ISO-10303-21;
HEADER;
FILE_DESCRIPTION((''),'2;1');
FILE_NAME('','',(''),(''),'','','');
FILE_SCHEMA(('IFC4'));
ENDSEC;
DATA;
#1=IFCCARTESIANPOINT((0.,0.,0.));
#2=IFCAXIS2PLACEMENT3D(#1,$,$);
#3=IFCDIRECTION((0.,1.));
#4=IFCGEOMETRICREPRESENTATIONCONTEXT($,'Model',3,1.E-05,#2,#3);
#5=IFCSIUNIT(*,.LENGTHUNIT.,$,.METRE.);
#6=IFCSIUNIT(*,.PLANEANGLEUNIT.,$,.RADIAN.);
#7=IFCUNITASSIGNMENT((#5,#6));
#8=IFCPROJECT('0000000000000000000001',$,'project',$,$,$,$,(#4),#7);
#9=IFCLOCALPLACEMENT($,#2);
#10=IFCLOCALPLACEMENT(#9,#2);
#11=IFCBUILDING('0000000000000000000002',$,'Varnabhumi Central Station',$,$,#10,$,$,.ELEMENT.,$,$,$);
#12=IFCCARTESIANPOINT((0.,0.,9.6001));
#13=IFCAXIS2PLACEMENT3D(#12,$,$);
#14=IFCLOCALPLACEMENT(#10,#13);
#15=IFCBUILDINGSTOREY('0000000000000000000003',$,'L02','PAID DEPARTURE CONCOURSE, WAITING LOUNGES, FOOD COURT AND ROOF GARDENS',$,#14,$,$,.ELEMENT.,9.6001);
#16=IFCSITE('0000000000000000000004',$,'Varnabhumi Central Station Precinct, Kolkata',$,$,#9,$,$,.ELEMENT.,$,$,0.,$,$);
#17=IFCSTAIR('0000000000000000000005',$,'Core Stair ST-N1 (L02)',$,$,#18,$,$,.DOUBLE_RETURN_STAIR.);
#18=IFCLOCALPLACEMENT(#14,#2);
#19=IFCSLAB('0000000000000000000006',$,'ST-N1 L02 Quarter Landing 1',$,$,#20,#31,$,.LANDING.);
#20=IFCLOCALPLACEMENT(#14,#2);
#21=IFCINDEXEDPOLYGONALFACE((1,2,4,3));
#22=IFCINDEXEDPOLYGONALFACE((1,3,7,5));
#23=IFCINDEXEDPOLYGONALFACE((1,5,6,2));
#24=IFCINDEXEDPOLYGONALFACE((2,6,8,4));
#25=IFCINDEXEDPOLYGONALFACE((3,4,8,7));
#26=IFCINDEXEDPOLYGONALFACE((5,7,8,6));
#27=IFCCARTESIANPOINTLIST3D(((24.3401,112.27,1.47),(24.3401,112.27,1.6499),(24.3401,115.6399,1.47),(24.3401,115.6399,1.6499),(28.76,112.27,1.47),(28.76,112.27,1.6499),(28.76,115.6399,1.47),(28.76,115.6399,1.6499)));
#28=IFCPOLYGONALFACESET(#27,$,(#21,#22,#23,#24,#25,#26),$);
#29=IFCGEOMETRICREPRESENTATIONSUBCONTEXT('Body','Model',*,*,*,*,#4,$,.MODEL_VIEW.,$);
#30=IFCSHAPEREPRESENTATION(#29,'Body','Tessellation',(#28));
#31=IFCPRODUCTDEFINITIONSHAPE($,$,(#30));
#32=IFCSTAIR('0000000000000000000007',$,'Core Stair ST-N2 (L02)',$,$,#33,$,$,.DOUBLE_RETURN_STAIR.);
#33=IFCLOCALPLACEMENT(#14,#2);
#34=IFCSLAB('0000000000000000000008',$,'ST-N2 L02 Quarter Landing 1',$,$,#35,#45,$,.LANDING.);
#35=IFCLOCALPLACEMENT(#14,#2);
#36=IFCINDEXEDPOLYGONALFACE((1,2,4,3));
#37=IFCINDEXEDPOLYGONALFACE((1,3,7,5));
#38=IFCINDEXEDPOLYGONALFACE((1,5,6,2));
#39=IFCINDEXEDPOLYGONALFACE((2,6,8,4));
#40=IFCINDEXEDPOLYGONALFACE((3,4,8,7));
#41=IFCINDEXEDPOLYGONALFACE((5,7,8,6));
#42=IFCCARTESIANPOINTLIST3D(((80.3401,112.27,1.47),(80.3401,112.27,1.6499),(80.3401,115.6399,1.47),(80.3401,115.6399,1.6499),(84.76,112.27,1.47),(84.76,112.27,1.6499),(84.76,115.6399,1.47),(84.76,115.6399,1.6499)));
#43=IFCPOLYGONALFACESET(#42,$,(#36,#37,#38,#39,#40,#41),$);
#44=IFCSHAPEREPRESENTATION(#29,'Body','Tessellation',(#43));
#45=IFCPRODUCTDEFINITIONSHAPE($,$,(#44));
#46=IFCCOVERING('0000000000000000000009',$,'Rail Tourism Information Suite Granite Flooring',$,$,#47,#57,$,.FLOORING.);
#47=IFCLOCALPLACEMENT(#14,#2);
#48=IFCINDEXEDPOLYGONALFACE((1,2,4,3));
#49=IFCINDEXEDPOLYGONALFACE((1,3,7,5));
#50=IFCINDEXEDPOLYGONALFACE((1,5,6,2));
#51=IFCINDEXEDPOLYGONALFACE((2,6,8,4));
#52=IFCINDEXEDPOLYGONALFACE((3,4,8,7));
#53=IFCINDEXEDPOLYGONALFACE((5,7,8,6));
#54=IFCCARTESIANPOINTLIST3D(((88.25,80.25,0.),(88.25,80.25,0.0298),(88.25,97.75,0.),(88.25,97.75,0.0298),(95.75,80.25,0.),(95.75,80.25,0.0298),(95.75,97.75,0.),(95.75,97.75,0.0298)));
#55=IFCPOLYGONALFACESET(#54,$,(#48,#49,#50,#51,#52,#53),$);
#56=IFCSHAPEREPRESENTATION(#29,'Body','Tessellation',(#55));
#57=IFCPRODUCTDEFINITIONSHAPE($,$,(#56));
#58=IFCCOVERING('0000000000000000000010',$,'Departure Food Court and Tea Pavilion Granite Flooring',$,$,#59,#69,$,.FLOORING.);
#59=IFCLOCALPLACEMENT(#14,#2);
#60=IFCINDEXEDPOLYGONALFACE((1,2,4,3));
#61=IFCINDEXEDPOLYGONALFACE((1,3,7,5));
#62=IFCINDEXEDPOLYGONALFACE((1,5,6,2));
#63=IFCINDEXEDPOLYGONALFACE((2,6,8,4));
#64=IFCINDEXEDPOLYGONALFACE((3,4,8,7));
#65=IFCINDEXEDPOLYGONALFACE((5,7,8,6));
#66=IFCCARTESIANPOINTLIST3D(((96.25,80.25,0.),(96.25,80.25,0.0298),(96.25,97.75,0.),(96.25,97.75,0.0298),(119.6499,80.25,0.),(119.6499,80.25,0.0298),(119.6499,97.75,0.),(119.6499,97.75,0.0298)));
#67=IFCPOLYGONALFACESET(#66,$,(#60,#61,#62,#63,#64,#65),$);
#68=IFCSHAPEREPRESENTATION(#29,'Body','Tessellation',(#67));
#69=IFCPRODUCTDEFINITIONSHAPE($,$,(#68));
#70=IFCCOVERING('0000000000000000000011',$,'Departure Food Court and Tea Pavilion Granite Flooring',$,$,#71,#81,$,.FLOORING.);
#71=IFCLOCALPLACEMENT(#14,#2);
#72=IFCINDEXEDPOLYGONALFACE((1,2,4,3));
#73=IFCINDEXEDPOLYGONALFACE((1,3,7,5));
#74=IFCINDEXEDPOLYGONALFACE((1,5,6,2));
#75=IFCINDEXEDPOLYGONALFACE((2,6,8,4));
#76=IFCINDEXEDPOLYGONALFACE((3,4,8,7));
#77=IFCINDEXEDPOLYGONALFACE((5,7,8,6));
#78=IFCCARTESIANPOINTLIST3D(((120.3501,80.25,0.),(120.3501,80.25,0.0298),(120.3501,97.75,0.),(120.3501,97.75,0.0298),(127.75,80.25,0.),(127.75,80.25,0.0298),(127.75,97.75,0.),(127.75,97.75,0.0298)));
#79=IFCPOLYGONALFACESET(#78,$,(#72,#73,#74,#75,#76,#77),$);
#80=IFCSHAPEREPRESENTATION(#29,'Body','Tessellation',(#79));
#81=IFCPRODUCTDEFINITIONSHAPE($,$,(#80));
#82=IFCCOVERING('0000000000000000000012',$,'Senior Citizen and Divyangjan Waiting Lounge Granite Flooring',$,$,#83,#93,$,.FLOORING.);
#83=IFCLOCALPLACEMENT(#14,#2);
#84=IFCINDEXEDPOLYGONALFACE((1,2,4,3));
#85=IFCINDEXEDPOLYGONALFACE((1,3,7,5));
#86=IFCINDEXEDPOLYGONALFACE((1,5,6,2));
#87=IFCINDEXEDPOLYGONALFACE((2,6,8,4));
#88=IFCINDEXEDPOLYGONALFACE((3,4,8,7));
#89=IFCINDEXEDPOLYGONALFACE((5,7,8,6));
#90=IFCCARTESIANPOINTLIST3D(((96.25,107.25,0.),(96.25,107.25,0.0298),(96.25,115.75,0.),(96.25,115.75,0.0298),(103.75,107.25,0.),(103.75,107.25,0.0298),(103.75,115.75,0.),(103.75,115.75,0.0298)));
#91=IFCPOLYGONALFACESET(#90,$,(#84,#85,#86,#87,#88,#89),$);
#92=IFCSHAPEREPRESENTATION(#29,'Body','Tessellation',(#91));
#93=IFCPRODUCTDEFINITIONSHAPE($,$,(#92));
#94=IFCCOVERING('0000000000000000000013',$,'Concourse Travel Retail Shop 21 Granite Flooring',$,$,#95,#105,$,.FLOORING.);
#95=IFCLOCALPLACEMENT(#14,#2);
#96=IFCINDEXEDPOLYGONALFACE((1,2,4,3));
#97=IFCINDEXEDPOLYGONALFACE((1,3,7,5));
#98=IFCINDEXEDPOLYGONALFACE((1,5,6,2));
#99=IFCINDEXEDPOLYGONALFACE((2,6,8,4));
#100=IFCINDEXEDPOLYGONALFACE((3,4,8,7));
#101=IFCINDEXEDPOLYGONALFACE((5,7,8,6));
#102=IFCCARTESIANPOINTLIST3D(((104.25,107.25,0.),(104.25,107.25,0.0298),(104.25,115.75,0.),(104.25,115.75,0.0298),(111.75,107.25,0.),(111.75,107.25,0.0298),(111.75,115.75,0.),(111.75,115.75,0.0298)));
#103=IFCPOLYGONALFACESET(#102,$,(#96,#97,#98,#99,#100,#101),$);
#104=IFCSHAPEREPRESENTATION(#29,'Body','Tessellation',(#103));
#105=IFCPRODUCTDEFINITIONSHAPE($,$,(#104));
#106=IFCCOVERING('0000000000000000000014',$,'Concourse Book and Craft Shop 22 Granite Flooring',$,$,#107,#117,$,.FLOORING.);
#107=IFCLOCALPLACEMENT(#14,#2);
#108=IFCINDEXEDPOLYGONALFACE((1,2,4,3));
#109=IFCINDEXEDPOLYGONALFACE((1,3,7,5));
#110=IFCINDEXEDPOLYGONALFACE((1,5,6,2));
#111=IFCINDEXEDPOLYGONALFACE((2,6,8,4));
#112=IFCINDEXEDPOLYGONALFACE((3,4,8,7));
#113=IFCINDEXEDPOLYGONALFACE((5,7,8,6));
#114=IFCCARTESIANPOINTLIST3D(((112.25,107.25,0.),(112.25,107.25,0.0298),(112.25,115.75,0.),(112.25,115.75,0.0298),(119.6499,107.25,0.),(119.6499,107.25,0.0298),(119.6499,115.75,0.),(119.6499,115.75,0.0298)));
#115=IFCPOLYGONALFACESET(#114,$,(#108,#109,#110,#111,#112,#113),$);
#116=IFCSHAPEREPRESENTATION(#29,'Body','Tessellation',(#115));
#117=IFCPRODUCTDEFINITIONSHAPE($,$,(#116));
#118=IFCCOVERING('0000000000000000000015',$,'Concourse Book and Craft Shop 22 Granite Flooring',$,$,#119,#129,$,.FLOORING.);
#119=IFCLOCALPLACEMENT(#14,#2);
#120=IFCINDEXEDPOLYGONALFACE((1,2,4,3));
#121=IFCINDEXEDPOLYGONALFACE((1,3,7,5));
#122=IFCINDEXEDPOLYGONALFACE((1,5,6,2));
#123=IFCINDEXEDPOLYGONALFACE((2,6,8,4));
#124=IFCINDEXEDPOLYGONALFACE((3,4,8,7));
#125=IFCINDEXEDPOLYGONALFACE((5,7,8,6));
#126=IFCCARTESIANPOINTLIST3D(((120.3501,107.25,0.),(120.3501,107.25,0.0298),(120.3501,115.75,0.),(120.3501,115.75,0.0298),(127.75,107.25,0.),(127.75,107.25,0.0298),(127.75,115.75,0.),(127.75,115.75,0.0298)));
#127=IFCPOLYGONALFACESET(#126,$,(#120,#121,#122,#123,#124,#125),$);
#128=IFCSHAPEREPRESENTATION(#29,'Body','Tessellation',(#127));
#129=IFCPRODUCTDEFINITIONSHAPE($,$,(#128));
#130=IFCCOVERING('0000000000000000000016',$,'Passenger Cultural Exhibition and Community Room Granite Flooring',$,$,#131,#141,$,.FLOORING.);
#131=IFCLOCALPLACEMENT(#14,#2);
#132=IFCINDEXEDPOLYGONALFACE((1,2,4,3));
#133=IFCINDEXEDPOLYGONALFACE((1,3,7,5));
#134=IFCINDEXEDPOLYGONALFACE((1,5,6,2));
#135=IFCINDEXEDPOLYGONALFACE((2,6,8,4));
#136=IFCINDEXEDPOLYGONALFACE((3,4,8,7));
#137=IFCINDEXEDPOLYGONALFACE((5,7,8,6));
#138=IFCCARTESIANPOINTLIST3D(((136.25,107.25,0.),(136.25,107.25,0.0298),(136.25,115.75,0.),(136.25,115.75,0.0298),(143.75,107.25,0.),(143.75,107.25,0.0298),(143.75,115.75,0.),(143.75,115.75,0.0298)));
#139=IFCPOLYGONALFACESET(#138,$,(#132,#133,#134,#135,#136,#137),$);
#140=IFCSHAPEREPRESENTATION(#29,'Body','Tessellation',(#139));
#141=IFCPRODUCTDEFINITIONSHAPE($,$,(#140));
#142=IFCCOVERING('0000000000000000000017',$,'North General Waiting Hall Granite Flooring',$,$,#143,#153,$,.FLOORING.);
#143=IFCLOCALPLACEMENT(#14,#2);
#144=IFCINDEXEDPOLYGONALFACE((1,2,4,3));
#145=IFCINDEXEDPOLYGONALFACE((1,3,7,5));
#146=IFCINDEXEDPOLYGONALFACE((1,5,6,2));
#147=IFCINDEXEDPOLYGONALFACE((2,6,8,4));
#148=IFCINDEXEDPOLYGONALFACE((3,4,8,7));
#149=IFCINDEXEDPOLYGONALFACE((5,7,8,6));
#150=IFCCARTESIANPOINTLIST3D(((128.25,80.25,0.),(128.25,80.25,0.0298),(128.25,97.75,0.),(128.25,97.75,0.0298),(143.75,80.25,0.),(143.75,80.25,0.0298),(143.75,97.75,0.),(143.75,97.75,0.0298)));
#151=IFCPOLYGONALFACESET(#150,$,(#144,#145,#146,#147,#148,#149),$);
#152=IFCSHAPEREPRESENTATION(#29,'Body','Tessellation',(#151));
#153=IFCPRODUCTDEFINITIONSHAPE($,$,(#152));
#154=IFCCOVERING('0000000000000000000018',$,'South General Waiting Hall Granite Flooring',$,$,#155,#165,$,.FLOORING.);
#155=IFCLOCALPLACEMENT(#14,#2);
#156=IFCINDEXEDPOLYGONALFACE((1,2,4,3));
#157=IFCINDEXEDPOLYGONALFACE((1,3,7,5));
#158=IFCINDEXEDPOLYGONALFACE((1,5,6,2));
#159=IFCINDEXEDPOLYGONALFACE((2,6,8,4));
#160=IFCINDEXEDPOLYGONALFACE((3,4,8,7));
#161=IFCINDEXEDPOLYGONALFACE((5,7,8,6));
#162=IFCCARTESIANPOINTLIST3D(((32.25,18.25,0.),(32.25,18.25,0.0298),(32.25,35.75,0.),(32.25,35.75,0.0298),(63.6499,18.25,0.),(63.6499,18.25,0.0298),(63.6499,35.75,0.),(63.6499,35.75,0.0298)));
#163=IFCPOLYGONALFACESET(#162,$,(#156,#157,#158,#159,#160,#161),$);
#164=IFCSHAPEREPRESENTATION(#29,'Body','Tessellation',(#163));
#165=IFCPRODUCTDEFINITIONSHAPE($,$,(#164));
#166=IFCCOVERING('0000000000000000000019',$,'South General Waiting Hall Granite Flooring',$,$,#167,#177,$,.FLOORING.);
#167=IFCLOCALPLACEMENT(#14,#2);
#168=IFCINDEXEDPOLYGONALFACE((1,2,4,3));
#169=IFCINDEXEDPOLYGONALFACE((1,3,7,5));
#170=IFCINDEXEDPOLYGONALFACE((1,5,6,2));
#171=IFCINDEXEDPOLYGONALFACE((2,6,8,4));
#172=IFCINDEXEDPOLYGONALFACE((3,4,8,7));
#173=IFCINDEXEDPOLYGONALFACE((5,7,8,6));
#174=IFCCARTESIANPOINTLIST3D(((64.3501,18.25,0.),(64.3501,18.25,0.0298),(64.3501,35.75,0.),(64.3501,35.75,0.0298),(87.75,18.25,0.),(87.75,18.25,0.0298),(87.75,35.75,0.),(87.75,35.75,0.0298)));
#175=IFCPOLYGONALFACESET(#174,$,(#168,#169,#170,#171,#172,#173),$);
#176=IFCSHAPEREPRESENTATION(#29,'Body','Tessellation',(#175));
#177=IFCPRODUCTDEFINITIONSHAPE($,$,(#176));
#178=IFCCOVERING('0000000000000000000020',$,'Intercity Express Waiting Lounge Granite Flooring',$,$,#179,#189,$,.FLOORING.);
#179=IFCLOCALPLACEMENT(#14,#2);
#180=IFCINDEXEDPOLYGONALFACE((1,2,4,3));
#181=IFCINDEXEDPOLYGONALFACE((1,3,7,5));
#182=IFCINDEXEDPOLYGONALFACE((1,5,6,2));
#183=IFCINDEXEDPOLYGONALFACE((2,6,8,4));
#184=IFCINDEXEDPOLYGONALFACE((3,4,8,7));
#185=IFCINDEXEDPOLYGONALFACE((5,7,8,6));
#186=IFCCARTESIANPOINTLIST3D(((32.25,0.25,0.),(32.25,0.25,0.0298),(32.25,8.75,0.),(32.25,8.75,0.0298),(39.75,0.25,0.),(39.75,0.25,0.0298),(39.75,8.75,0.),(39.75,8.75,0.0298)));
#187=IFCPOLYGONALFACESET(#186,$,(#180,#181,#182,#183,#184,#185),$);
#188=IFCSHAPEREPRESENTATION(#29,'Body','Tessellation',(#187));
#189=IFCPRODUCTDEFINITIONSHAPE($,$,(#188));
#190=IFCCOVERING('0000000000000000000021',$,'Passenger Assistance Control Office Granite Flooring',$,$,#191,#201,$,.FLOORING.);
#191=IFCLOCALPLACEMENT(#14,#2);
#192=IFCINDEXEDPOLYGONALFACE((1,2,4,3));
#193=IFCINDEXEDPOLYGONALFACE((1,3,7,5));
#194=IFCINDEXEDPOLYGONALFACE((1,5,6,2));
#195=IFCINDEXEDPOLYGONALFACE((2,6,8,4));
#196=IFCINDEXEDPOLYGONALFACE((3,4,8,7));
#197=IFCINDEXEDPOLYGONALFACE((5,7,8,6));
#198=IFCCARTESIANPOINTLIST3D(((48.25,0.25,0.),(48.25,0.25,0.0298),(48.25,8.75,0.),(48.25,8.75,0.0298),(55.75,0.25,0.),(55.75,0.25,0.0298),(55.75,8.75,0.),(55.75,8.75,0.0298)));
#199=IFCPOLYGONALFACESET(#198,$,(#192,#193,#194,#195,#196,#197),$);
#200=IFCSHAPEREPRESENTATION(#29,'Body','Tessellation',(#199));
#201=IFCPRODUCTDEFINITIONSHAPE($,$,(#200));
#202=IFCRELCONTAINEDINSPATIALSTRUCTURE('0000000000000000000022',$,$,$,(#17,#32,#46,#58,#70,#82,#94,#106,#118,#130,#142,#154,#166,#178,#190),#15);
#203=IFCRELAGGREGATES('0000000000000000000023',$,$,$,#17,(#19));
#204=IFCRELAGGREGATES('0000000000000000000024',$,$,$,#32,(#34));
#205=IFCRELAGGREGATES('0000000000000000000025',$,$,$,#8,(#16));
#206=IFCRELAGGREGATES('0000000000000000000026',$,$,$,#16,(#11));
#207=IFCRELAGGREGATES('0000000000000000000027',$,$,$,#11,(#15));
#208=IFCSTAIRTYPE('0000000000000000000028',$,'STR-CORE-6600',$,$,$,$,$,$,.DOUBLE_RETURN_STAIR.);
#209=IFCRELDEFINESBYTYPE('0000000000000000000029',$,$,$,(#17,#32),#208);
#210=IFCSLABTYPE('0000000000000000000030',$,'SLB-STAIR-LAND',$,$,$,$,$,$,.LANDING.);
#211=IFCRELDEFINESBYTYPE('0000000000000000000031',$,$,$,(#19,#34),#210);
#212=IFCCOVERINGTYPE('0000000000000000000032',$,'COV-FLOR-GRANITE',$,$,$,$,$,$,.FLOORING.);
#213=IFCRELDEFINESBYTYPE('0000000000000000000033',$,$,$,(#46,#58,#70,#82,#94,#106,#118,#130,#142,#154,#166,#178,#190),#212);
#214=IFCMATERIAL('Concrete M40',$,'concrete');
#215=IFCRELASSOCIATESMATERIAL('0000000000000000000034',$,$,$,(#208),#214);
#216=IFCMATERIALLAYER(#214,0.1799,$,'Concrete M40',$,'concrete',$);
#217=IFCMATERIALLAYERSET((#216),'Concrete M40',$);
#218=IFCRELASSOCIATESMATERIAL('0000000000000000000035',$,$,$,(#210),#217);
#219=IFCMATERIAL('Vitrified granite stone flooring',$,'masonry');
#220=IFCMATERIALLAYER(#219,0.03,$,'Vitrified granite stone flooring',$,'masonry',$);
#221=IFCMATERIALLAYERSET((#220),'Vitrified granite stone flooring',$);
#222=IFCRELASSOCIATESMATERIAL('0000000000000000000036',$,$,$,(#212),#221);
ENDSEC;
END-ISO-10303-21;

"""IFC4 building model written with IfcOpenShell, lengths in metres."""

from ifc_helpers import new_model, si_unit, direction, frame, origin, place, context, subcontext, project, spatial, polyline, outline, extrude, material, layer, layer_set, type_object, element, aggregate, save


model = new_model("IFC4")

# Units and contexts
model_context = context("Model", 3, precision=1e-05, world=origin(), true_north=direction((0.0, 1.0)))
body_context = subcontext(model_context, "Body", "Model", "MODEL_VIEW")
ifc_project = project(units=[si_unit("LENGTHUNIT", "METRE"), si_unit("PLANEANGLEUNIT", "RADIAN")], contexts=[model_context])

# Site, building, storey
site_placement = place(None, origin())
site = spatial("IfcSite", under=ifc_project, at=site_placement, Name="Varnabhumi Central Station Precinct, Kolkata", CompositionType="ELEMENT", RefElevation=0.0)
building_placement = place(site_placement, origin())
building = spatial("IfcBuilding", under=site, at=building_placement, Name="Varnabhumi Central Station", CompositionType="ELEMENT")
storey_placement = place(building_placement, frame((0.0, 0.0, 9.6001)))
storey = spatial("IfcBuildingStorey", under=building, at=storey_placement, Name="L02", Description="PAID DEPARTURE CONCOURSE, WAITING LOUNGES, FOOD COURT AND ROOF GARDENS", CompositionType="ELEMENT", Elevation=9.6001)

# Stairs, slabs
ifc_material_1 = material(Name="Concrete M40", Category="concrete")
stair_type = type_object("IfcStairType", Name="STR-CORE-6600", PredefinedType="DOUBLE_RETURN_STAIR", material=ifc_material_1)
stair_1_placement = place(storey_placement, origin())
stair_1 = element("IfcStair", 1, at=stair_1_placement, inside=storey, type_object=stair_type, Name="Core Stair ST-N1 (L02)", PredefinedType="DOUBLE_RETURN_STAIR")
ifc_layer_1 = layer(ifc_material_1, 0.1799, Name="Concrete M40", Category="concrete")
ifc_layer_set_1 = layer_set([ifc_layer_1], Name="Concrete M40")
slab_type = type_object("IfcSlabType", Name="SLB-STAIR-LAND", PredefinedType="LANDING", material=ifc_layer_set_1)
slab_1_placement = place(storey_placement, frame((0.0, 0.0, 1.47)))
slab_1 = element("IfcSlab", 2, at=slab_1_placement, type_object=slab_type, Name="ST-N1 L02 Quarter Landing 1", PredefinedType="LANDING", context=body_context, shape_type="SweptSolid", body=[
    extrude(outline(polyline([(24.3401, 112.27), (28.76, 112.27), (28.76, 115.6399), (24.3401, 115.6399), (24.3401, 112.27)])), origin(), (0.0, 0.0, 1.0), 0.1799),
])
aggregate(stair_1, [slab_1])
stair_2_placement = place(storey_placement, origin())
stair_2 = element("IfcStair", 3, at=stair_2_placement, inside=storey, type_object=stair_type, Name="Core Stair ST-N2 (L02)", PredefinedType="DOUBLE_RETURN_STAIR")
slab_2_placement = place(storey_placement, frame((0.0, 0.0, 1.47)))
slab_2 = element("IfcSlab", 4, at=slab_2_placement, type_object=slab_type, Name="ST-N2 L02 Quarter Landing 1", PredefinedType="LANDING", context=body_context, shape_type="SweptSolid", body=[
    extrude(outline(polyline([(80.3401, 112.27), (84.76, 112.27), (84.76, 115.6399), (80.3401, 115.6399), (80.3401, 112.27)])), origin(), (0.0, 0.0, 1.0), 0.1799),
])
aggregate(stair_2, [slab_2])

# Coverings
ifc_material_2 = material(Name="Vitrified granite stone flooring", Category="masonry")
ifc_layer_2 = layer(ifc_material_2, 0.03, Name="Vitrified granite stone flooring", Category="masonry")
ifc_layer_set_2 = layer_set([ifc_layer_2], Name="Vitrified granite stone flooring")
covering_type_1 = type_object("IfcCoveringType", Name="COV-FLOR-GRANITE", PredefinedType="FLOORING", material=ifc_layer_set_2)
covering_1_placement = place(storey_placement, origin())
element("IfcCovering", 5, at=covering_1_placement, inside=storey, type_object=covering_type_1, Name="Rail Tourism Information Suite Granite Flooring", PredefinedType="FLOORING", context=body_context, shape_type="SweptSolid", body=[
    extrude(outline(polyline([(88.25, 80.25), (95.75, 80.25), (95.75, 97.75), (88.25, 97.75), (88.25, 80.25)])), origin(), (0.0, 0.0, 1.0), 0.0298),
])
covering_2_placement = place(storey_placement, origin())
element("IfcCovering", 6, at=covering_2_placement, inside=storey, type_object=covering_type_1, Name="Departure Food Court and Tea Pavilion Granite Flooring", PredefinedType="FLOORING", context=body_context, shape_type="SweptSolid", body=[
    extrude(outline(polyline([(96.25, 80.25), (119.6499, 80.25), (119.6499, 97.75), (96.25, 97.75), (96.25, 80.25)])), origin(), (0.0, 0.0, 1.0), 0.0298),
])
covering_3_placement = place(storey_placement, origin())
element("IfcCovering", 7, at=covering_3_placement, inside=storey, type_object=covering_type_1, Name="Departure Food Court and Tea Pavilion Granite Flooring", PredefinedType="FLOORING", context=body_context, shape_type="SweptSolid", body=[
    extrude(outline(polyline([(120.3501, 80.25), (127.75, 80.25), (127.75, 97.75), (120.3501, 97.75), (120.3501, 80.25)])), origin(), (0.0, 0.0, 1.0), 0.0298),
])
covering_4_placement = place(storey_placement, origin())
element("IfcCovering", 8, at=covering_4_placement, inside=storey, type_object=covering_type_1, Name="Senior Citizen and Divyangjan Waiting Lounge Granite Flooring", PredefinedType="FLOORING", context=body_context, shape_type="SweptSolid", body=[
    extrude(outline(polyline([(96.25, 107.25), (103.75, 107.25), (103.75, 115.75), (96.25, 115.75), (96.25, 107.25)])), origin(), (0.0, 0.0, 1.0), 0.0298),
])
covering_5_placement = place(storey_placement, origin())
element("IfcCovering", 9, at=covering_5_placement, inside=storey, type_object=covering_type_1, Name="Concourse Travel Retail Shop 21 Granite Flooring", PredefinedType="FLOORING", context=body_context, shape_type="SweptSolid", body=[
    extrude(outline(polyline([(104.25, 107.25), (111.75, 107.25), (111.75, 115.75), (104.25, 115.75), (104.25, 107.25)])), origin(), (0.0, 0.0, 1.0), 0.0298),
])
covering_6_placement = place(storey_placement, origin())
element("IfcCovering", 10, at=covering_6_placement, inside=storey, type_object=covering_type_1, Name="Concourse Book and Craft Shop 22 Granite Flooring", PredefinedType="FLOORING", context=body_context, shape_type="SweptSolid", body=[
    extrude(outline(polyline([(112.25, 107.25), (119.6499, 107.25), (119.6499, 115.75), (112.25, 115.75), (112.25, 107.25)])), origin(), (0.0, 0.0, 1.0), 0.0298),
])
covering_7_placement = place(storey_placement, origin())
element("IfcCovering", 11, at=covering_7_placement, inside=storey, type_object=covering_type_1, Name="Concourse Book and Craft Shop 22 Granite Flooring", PredefinedType="FLOORING", context=body_context, shape_type="SweptSolid", body=[
    extrude(outline(polyline([(120.3501, 107.25), (127.75, 107.25), (127.75, 115.75), (120.3501, 115.75), (120.3501, 107.25)])), origin(), (0.0, 0.0, 1.0), 0.0298),
])
covering_8_placement = place(storey_placement, origin())
element("IfcCovering", 12, at=covering_8_placement, inside=storey, type_object=covering_type_1, Name="Passenger Cultural Exhibition and Community Room Granite Flooring", PredefinedType="FLOORING", context=body_context, shape_type="SweptSolid", body=[
    extrude(outline(polyline([(136.25, 107.25), (143.75, 107.25), (143.75, 115.75), (136.25, 115.75), (136.25, 107.25)])), origin(), (0.0, 0.0, 1.0), 0.0298),
])
covering_9_placement = place(storey_placement, origin())
element("IfcCovering", 13, at=covering_9_placement, inside=storey, type_object=covering_type_1, Name="North General Waiting Hall Granite Flooring", PredefinedType="FLOORING", context=body_context, shape_type="SweptSolid", body=[
    extrude(outline(polyline([(128.25, 80.25), (143.75, 80.25), (143.75, 97.75), (128.25, 97.75), (128.25, 80.25)])), origin(), (0.0, 0.0, 1.0), 0.0298),
])
covering_10_placement = place(storey_placement, origin())
element("IfcCovering", 14, at=covering_10_placement, inside=storey, type_object=covering_type_1, Name="South General Waiting Hall Granite Flooring", PredefinedType="FLOORING", context=body_context, shape_type="SweptSolid", body=[
    extrude(outline(polyline([(32.25, 18.25), (63.6499, 18.25), (63.6499, 35.75), (32.25, 35.75), (32.25, 18.25)])), origin(), (0.0, 0.0, 1.0), 0.0298),
])
covering_11_placement = place(storey_placement, origin())
element("IfcCovering", 15, at=covering_11_placement, inside=storey, type_object=covering_type_1, Name="South General Waiting Hall Granite Flooring", PredefinedType="FLOORING", context=body_context, shape_type="SweptSolid", body=[
    extrude(outline(polyline([(64.3501, 18.25), (87.75, 18.25), (87.75, 35.75), (64.3501, 35.75), (64.3501, 18.25)])), origin(), (0.0, 0.0, 1.0), 0.0298),
])
covering_12_placement = place(storey_placement, origin())
element("IfcCovering", 16, at=covering_12_placement, inside=storey, type_object=covering_type_1, Name="Intercity Express Waiting Lounge Granite Flooring", PredefinedType="FLOORING", context=body_context, shape_type="SweptSolid", body=[
    extrude(outline(polyline([(32.25, 0.25), (39.75, 0.25), (39.75, 8.75), (32.25, 8.75), (32.25, 0.25)])), origin(), (0.0, 0.0, 1.0), 0.0298),
])
covering_13_placement = place(storey_placement, origin())
element("IfcCovering", 17, at=covering_13_placement, inside=storey, type_object=covering_type_1, Name="Passenger Assistance Control Office Granite Flooring", PredefinedType="FLOORING", context=body_context, shape_type="SweptSolid", body=[
    extrude(outline(polyline([(48.25, 0.25), (55.75, 0.25), (55.75, 8.75), (48.25, 8.75), (48.25, 0.25)])), origin(), (0.0, 0.0, 1.0), 0.0298),
])

save(model, "model.ifc")
